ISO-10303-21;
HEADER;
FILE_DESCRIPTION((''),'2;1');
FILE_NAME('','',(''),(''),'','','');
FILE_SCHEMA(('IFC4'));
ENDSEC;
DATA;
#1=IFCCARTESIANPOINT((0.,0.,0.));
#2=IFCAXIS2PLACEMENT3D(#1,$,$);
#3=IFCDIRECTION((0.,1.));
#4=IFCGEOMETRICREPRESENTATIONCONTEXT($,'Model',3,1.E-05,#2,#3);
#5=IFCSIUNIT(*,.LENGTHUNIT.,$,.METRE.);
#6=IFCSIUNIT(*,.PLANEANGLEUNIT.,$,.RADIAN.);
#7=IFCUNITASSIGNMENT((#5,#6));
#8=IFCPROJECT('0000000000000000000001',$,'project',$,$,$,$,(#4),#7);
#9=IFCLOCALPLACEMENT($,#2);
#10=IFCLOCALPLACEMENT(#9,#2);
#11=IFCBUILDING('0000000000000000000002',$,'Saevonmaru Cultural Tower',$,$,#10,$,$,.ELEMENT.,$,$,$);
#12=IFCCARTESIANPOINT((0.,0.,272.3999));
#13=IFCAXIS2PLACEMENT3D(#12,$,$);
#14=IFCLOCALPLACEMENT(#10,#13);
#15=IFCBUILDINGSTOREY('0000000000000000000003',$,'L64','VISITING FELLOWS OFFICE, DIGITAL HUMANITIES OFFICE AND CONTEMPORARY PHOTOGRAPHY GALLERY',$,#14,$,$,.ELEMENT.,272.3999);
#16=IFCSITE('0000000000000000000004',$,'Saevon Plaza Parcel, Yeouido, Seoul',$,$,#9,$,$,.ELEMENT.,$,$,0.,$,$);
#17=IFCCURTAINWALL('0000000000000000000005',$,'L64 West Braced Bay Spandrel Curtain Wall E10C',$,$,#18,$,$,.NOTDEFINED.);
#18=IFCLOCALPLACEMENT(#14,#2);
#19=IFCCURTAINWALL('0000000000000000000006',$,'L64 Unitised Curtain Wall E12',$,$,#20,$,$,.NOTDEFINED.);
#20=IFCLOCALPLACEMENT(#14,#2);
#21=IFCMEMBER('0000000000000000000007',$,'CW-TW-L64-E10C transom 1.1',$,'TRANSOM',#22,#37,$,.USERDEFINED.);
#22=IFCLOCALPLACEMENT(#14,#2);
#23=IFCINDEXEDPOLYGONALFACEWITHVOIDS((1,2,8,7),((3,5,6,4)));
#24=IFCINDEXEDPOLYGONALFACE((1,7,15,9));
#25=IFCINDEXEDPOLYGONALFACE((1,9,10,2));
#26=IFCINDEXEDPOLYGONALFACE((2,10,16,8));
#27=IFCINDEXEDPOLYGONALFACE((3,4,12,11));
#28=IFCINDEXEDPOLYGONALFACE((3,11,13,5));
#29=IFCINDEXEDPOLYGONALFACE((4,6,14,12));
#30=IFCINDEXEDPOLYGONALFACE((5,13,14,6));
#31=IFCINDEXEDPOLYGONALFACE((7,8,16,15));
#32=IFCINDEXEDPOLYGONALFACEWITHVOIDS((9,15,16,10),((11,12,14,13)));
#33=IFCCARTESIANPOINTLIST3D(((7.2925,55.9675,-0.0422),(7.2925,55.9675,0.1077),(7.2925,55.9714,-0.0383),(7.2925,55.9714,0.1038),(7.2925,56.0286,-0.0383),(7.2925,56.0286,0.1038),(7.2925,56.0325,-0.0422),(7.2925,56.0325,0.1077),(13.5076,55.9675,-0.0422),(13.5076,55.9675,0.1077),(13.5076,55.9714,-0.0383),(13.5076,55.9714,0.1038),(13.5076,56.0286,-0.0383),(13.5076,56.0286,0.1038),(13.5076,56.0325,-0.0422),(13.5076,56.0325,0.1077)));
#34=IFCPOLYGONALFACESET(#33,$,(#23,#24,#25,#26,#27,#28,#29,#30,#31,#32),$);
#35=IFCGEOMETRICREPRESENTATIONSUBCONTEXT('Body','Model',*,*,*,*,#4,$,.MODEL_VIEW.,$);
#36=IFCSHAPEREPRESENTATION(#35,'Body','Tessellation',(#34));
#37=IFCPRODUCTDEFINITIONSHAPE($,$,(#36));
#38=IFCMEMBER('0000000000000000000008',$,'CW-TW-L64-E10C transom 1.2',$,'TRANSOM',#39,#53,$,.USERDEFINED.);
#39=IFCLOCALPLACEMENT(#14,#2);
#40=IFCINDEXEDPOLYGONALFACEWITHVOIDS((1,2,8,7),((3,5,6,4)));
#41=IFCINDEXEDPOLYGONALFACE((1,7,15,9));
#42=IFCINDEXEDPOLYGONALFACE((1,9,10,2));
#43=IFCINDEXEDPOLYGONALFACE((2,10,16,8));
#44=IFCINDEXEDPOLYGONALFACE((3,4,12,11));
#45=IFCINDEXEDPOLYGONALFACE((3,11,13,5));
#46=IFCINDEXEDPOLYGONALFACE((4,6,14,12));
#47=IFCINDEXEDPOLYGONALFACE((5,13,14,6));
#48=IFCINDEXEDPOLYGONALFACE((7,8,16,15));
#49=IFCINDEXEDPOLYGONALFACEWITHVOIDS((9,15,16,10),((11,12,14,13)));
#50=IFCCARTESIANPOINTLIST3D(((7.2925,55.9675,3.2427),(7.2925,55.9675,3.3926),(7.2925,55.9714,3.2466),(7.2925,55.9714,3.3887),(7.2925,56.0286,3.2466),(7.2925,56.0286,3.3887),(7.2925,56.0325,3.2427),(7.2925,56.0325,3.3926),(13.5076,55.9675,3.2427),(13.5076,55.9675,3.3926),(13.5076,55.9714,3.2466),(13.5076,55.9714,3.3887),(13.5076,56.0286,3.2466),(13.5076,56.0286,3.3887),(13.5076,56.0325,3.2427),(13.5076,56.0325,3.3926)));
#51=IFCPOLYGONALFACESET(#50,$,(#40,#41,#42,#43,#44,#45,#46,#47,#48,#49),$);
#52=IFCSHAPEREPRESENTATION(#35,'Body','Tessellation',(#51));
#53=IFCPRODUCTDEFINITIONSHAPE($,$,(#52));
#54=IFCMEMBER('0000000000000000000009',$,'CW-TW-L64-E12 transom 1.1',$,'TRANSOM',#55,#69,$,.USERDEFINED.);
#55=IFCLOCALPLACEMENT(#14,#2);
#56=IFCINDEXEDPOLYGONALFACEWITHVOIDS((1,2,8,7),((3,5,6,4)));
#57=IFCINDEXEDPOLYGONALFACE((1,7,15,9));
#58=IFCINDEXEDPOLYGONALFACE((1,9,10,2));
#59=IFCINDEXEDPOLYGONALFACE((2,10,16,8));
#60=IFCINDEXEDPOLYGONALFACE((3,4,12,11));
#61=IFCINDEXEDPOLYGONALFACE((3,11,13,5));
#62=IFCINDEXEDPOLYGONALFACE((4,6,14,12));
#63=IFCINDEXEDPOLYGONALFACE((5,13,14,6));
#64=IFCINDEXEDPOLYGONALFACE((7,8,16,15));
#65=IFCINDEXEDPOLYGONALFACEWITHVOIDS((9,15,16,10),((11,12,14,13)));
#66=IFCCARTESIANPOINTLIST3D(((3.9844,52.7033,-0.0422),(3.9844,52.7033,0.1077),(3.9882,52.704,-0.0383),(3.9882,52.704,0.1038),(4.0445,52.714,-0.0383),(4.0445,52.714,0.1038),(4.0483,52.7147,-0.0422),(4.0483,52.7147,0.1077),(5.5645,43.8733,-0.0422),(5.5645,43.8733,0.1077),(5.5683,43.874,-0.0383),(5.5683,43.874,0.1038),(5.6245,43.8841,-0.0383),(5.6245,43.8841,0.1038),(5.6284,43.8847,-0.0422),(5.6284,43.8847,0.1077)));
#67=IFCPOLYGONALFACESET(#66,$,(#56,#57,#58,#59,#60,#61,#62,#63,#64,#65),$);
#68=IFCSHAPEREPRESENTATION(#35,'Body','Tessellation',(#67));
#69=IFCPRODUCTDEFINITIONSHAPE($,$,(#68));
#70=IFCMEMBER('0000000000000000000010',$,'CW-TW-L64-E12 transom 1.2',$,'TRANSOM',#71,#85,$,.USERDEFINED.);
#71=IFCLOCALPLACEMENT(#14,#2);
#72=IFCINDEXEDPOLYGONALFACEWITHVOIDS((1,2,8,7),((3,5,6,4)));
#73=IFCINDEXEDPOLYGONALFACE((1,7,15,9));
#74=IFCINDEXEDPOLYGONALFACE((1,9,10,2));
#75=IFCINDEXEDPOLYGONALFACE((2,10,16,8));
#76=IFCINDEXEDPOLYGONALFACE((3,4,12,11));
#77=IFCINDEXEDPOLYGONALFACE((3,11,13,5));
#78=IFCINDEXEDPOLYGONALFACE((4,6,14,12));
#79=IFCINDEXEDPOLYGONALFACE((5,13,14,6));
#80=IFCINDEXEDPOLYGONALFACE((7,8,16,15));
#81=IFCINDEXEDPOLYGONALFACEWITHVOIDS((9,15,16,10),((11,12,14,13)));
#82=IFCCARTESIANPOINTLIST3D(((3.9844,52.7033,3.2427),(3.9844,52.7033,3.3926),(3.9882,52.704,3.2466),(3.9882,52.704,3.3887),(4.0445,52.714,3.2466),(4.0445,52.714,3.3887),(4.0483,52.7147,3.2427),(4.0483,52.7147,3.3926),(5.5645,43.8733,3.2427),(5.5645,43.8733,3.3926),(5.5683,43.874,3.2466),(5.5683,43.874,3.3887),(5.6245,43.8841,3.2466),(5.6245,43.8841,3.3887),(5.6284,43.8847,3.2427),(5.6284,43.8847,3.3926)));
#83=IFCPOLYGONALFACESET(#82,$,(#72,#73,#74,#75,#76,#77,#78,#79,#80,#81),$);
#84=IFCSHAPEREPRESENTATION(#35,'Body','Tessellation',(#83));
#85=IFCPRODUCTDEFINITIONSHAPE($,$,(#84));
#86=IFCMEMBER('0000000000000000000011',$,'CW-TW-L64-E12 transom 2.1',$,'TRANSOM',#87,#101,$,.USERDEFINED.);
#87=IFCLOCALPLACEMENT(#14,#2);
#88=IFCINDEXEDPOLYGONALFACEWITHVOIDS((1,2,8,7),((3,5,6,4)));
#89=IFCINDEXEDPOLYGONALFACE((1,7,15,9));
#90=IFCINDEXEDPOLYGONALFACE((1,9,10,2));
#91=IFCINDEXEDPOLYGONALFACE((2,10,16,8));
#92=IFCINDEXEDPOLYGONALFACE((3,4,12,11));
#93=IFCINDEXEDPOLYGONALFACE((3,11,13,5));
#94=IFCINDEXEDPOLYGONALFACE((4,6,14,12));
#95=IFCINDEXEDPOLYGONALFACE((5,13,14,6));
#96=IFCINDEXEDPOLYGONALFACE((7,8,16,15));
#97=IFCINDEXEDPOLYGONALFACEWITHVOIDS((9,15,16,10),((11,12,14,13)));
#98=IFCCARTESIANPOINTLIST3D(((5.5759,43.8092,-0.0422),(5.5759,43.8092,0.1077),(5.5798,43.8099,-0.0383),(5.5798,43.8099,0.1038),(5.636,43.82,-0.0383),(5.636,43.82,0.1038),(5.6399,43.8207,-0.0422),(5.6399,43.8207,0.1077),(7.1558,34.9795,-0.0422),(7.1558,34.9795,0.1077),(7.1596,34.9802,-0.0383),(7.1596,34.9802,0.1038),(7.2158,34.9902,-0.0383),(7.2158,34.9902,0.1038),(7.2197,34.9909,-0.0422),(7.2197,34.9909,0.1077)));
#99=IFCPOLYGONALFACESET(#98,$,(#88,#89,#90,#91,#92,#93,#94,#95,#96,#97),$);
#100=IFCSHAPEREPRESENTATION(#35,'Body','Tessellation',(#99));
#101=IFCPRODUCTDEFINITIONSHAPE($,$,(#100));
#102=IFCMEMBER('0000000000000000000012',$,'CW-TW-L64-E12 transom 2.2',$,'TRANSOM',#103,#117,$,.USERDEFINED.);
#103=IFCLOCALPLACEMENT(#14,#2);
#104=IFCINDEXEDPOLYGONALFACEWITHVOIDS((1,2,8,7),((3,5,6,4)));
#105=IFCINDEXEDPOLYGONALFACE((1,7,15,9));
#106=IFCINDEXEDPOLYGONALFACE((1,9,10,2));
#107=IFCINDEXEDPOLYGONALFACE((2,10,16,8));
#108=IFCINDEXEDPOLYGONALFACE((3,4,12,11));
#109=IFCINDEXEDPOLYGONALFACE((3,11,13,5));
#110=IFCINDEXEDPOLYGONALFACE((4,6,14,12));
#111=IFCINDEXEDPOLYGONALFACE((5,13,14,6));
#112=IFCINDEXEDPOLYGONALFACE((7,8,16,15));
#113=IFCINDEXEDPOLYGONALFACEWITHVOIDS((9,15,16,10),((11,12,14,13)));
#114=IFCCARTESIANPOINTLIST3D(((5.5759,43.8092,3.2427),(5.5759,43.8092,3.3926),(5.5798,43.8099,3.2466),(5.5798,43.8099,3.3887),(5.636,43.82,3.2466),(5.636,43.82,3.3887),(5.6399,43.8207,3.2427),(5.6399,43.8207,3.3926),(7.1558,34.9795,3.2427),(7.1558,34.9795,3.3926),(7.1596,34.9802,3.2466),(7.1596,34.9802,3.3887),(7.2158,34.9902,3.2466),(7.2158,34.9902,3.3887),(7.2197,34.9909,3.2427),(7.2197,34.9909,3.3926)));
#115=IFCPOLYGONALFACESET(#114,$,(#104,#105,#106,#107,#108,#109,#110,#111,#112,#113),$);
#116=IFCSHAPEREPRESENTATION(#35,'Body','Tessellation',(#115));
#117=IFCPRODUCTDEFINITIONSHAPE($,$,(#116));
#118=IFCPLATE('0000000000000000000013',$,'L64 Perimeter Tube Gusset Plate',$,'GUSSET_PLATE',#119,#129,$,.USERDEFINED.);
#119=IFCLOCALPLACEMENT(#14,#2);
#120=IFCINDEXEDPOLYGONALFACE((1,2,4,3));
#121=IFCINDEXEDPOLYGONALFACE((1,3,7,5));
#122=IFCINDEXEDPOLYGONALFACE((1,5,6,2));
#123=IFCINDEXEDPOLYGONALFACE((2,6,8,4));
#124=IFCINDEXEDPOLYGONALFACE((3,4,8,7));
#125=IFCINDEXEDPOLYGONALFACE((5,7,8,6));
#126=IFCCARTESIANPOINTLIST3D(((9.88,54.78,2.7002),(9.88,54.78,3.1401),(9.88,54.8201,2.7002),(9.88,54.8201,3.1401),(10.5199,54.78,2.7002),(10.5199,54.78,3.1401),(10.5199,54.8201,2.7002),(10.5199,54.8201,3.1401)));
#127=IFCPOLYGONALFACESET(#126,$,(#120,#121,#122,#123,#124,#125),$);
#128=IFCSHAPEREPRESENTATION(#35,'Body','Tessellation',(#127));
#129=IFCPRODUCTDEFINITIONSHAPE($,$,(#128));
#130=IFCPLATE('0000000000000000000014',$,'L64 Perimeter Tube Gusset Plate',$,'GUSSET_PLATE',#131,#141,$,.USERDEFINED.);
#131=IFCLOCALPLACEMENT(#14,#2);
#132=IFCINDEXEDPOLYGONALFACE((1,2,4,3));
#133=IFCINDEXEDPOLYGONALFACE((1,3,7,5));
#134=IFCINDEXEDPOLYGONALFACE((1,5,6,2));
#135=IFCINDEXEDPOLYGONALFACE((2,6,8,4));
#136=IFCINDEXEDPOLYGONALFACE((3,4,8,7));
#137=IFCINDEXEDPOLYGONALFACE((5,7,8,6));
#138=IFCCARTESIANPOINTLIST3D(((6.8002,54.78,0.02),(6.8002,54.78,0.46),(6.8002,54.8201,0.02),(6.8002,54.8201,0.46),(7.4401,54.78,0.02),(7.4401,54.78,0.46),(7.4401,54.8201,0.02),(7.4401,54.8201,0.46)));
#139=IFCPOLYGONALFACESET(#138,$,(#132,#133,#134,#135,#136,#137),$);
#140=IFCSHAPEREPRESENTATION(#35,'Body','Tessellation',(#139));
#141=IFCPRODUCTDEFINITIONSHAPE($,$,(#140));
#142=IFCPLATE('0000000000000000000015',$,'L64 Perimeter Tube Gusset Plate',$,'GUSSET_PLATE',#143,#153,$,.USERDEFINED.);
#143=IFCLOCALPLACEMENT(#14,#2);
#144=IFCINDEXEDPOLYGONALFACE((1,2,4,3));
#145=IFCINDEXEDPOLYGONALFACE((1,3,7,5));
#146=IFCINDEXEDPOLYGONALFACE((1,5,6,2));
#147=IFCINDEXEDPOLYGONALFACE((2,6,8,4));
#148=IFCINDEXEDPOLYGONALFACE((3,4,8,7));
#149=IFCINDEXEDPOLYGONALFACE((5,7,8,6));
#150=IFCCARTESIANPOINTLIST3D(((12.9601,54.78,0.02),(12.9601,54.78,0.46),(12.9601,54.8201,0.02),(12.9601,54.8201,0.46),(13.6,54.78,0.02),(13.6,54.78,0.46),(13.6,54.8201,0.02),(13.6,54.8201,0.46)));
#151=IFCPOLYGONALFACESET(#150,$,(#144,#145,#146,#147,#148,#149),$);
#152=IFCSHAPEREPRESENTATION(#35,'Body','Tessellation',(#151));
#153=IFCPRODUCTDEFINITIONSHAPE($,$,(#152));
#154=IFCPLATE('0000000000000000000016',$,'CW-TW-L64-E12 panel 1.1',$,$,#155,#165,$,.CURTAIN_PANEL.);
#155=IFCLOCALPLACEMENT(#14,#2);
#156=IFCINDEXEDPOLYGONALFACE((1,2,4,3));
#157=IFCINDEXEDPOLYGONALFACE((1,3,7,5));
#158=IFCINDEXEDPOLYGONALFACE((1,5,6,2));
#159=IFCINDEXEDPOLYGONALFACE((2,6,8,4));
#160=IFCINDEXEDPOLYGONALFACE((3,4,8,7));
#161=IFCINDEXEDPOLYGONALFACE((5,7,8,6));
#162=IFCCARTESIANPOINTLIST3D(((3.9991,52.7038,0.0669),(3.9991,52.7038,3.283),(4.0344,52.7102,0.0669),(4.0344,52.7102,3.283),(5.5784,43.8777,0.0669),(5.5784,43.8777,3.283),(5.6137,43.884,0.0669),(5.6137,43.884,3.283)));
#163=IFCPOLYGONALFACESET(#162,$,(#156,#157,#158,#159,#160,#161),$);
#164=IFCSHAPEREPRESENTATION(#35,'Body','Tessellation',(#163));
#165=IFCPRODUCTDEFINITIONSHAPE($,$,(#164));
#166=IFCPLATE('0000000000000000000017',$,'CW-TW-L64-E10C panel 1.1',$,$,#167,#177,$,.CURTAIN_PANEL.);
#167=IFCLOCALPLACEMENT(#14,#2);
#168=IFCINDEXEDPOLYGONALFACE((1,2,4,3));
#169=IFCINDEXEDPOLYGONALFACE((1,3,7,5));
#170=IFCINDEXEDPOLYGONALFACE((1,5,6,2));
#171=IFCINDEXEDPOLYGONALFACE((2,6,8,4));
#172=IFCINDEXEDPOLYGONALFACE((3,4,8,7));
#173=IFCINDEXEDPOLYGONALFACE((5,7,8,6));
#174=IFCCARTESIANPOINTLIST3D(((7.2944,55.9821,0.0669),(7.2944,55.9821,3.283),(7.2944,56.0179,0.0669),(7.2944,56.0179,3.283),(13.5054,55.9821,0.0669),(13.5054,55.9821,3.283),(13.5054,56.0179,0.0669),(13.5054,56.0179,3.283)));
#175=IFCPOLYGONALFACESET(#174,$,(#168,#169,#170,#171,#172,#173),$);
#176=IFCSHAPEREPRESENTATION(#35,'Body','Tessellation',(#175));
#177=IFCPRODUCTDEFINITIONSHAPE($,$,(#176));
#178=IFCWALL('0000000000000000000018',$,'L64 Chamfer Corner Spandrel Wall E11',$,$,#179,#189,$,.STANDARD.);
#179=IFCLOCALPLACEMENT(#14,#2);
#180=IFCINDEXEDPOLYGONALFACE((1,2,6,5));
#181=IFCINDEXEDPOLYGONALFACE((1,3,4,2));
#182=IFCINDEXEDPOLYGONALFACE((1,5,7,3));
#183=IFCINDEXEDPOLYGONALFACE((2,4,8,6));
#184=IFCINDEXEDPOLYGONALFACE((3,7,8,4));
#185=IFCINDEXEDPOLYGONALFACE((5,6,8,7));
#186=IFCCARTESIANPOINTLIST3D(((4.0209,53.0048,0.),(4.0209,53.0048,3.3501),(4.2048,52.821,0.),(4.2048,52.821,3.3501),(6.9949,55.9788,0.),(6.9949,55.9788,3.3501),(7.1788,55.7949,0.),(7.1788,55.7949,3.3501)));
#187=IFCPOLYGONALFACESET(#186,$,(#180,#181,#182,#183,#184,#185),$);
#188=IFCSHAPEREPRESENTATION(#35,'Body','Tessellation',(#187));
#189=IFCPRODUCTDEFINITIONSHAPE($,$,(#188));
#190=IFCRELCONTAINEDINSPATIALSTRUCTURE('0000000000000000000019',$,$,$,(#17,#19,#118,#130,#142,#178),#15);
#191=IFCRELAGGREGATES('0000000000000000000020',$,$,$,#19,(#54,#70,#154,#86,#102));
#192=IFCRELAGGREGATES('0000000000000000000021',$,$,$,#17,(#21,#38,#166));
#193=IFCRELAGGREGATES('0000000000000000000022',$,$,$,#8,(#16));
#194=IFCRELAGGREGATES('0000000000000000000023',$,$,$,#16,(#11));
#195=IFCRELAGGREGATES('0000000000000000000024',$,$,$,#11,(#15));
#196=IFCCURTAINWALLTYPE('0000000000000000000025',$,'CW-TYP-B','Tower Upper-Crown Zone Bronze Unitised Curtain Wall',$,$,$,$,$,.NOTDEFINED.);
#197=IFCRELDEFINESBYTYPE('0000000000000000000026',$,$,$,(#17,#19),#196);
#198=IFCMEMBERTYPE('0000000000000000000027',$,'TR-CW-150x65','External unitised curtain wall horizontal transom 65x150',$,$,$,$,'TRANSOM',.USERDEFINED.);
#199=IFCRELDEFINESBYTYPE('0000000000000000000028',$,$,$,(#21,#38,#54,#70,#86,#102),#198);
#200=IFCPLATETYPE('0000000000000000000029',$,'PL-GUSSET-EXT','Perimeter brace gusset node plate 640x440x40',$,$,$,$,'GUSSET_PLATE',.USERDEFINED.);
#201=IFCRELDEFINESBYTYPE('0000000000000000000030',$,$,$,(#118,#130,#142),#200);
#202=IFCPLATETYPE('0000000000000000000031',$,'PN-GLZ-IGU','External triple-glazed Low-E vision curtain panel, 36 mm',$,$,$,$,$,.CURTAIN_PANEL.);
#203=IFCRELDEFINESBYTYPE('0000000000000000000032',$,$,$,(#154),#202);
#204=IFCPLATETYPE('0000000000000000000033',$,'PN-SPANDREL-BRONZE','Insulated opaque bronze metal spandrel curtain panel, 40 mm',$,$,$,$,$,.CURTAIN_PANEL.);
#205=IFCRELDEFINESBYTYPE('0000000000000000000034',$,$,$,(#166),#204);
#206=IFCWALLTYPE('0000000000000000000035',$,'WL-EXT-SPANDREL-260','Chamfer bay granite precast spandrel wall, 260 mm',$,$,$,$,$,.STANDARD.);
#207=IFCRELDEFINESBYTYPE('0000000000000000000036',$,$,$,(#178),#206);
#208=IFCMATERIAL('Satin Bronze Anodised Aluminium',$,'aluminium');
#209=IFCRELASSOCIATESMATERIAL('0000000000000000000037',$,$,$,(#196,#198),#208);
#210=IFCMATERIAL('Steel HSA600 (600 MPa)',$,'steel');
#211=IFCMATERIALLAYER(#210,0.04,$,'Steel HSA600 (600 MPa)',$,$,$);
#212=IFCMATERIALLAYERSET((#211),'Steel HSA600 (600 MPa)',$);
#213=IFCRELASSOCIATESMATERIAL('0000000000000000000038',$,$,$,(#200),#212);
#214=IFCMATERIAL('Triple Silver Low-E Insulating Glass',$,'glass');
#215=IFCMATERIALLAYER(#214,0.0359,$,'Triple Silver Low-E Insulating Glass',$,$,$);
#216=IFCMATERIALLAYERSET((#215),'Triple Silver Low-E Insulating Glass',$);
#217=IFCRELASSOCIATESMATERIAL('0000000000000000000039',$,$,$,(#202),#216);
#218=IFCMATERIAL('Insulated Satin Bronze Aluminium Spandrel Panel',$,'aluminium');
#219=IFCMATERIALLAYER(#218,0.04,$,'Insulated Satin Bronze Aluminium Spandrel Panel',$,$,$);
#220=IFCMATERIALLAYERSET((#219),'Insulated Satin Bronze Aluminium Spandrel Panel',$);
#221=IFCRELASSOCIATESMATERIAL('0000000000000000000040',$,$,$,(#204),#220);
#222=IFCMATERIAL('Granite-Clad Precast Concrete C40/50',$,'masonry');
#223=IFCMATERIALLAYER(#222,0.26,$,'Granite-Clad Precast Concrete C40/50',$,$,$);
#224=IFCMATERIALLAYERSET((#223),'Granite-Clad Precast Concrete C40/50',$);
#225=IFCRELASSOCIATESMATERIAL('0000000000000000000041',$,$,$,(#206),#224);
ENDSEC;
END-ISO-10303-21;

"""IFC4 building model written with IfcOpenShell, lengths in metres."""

from ifc_helpers import new_model, si_unit, direction, frame, frame_2d, origin, origin_2d, place, context, subcontext, project, spatial, rectangle, hollow_rectangle, extrude, material, layer, layer_set, material_profile, profile_set, type_object, element, aggregate, save


model = new_model("IFC4")

# Units and contexts
model_context = context("Model", 3, precision=1e-05, world=origin(), true_north=direction((0.0, 1.0)))
body_context = subcontext(model_context, "Body", "Model", "MODEL_VIEW")
ifc_project = project(units=[si_unit("LENGTHUNIT", "METRE"), si_unit("PLANEANGLEUNIT", "RADIAN")], contexts=[model_context])

# Site, building, storey
site_placement = place(None, origin())
site = spatial("IfcSite", under=ifc_project, at=site_placement, Name="Saevon Plaza Parcel, Yeouido, Seoul", CompositionType="ELEMENT", RefElevation=0.0)
building_placement = place(site_placement, origin())
building = spatial("IfcBuilding", under=site, at=building_placement, Name="Saevonmaru Cultural Tower", CompositionType="ELEMENT")
storey_placement = place(building_placement, frame((0.0, 0.0, 272.3999)))
storey = spatial("IfcBuildingStorey", under=building, at=storey_placement, Name="L64", Description="VISITING FELLOWS OFFICE, DIGITAL HUMANITIES OFFICE AND CONTEMPORARY PHOTOGRAPHY GALLERY", CompositionType="ELEMENT", Elevation=272.3999)

# Curtain walls
ifc_material_1 = material(Name="Satin Bronze Anodised Aluminium", Category="aluminium")
curtain_wall_type = type_object("IfcCurtainWallType", Name="CW-TYP-B", Description="Tower Upper-Crown Zone Bronze Unitised Curtain Wall", PredefinedType="NOTDEFINED", material=ifc_material_1)
curtain_wall_1_placement = place(storey_placement, origin())
curtain_wall_1 = element("IfcCurtainWall", 1, at=curtain_wall_1_placement, inside=storey, type_object=curtain_wall_type, Name="L64 West Braced Bay Spandrel Curtain Wall E10C", PredefinedType="NOTDEFINED")
curtain_wall_2_placement = place(storey_placement, origin())
curtain_wall_2 = element("IfcCurtainWall", 2, at=curtain_wall_2_placement, inside=storey, type_object=curtain_wall_type, Name="L64 Unitised Curtain Wall E12", PredefinedType="NOTDEFINED")

# Members
ifc_material_profile_1 = material_profile(ifc_material_1, hollow_rectangle(XDim=0.0649, YDim=0.1499, WallThickness=0.0039, at=origin_2d()), Name="ALU-TRAN-150x65x4")
ifc_profile_set_1 = profile_set([ifc_material_profile_1], Name="Satin Bronze Anodised Aluminium")
member_type_1 = type_object("IfcMemberType", Name="TR-CW-150x65", Description="External unitised curtain wall horizontal transom 65x150", ElementType="TRANSOM", PredefinedType="USERDEFINED", material=ifc_profile_set_1)
member_1_placement = place(storey_placement, frame((13.5076, 56.0, 0.0327), z_axis=(-1.0, 0.0, 0.0), x_axis=(0.0, -1.0, 0.0)))
member_1 = element("IfcMember", 3, at=member_1_placement, type_object=member_type_1, Name="CW-TW-L64-E10C transom 1.1", ObjectType="TRANSOM", PredefinedType="USERDEFINED", context=body_context, shape_type="SweptSolid", body=[
    extrude(hollow_rectangle(XDim=0.0649, YDim=0.1499, WallThickness=0.0039, at=origin_2d()), origin(), (0.0, 0.0, 1.0), 6.2151),
])
member_2_placement = place(storey_placement, frame((13.5076, 56.0, 3.3176), z_axis=(-1.0, 0.0, 0.0), x_axis=(0.0, -1.0, 0.0)))
member_2 = element("IfcMember", 4, at=member_2_placement, type_object=member_type_1, Name="CW-TW-L64-E10C transom 1.2", ObjectType="TRANSOM", PredefinedType="USERDEFINED", context=body_context, shape_type="SweptSolid", body=[
    extrude(hollow_rectangle(XDim=0.0649, YDim=0.1499, WallThickness=0.0039, at=origin_2d()), origin(), (0.0, 0.0, 1.0), 6.2151),
])
member_3_placement = place(storey_placement, frame((4.0164, 52.709, 0.0327), z_axis=(0.176145, -0.984364, 0.0), x_axis=(0.984364, 0.176145, 0.0)))
member_3 = element("IfcMember", 5, at=member_3_placement, type_object=member_type_1, Name="CW-TW-L64-E12 transom 1.1", ObjectType="TRANSOM", PredefinedType="USERDEFINED", context=body_context, shape_type="SweptSolid", body=[
    extrude(hollow_rectangle(XDim=0.0649, YDim=0.1499, WallThickness=0.0039, at=origin_2d()), origin(), (0.0, 0.0, 1.0), 8.9702),
])
member_4_placement = place(storey_placement, frame((4.0164, 52.709, 3.3176), z_axis=(0.176145, -0.984364, 0.0), x_axis=(0.984364, 0.176145, 0.0)))
member_4 = element("IfcMember", 6, at=member_4_placement, type_object=member_type_1, Name="CW-TW-L64-E12 transom 1.2", ObjectType="TRANSOM", PredefinedType="USERDEFINED", context=body_context, shape_type="SweptSolid", body=[
    extrude(hollow_rectangle(XDim=0.0649, YDim=0.1499, WallThickness=0.0039, at=origin_2d()), origin(), (0.0, 0.0, 1.0), 8.9702),
])
member_5_placement = place(storey_placement, frame((5.6079, 43.8149, 0.0327), z_axis=(0.176123, -0.984368, 0.0), x_axis=(0.984368, 0.176123, 0.0)))
member_5 = element("IfcMember", 7, at=member_5_placement, type_object=member_type_1, Name="CW-TW-L64-E12 transom 2.1", ObjectType="TRANSOM", PredefinedType="USERDEFINED", context=body_context, shape_type="SweptSolid", body=[
    extrude(hollow_rectangle(XDim=0.0649, YDim=0.1499, WallThickness=0.0039, at=origin_2d()), origin(), (0.0, 0.0, 1.0), 8.97),
])
member_6_placement = place(storey_placement, frame((5.6079, 43.8149, 3.3176), z_axis=(0.176123, -0.984368, 0.0), x_axis=(0.984368, 0.176123, 0.0)))
member_6 = element("IfcMember", 8, at=member_6_placement, type_object=member_type_1, Name="CW-TW-L64-E12 transom 2.2", ObjectType="TRANSOM", PredefinedType="USERDEFINED", context=body_context, shape_type="SweptSolid", body=[
    extrude(hollow_rectangle(XDim=0.0649, YDim=0.1499, WallThickness=0.0039, at=origin_2d()), origin(), (0.0, 0.0, 1.0), 8.97),
])

# Plates
ifc_material_2 = material(Name="Steel HSA600 (600 MPa)", Category="steel")
ifc_layer_1 = layer(ifc_material_2, 0.04, Name="Steel HSA600 (600 MPa)")
ifc_layer_set_1 = layer_set([ifc_layer_1], Name="Steel HSA600 (600 MPa)")
plate_type_1 = type_object("IfcPlateType", Name="PL-GUSSET-EXT", Description="Perimeter brace gusset node plate 640x440x40", ElementType="GUSSET_PLATE", PredefinedType="USERDEFINED", material=ifc_layer_set_1)
for number, where, z_axis, x_axis, name in (
    (9, (10.2, 54.8, 2.7002), (0.0, 0.0, 1.0), (1.0, 0.0, 0.0), "L64 Perimeter Tube Gusset Plate"),
    (10, (7.1201, 54.8, 0.02), (0.0, 0.0, 1.0), (1.0, 0.0, 0.0), "L64 Perimeter Tube Gusset Plate"),
    (11, (13.28, 54.8, 0.02), (0.0, 0.0, 1.0), (1.0, 0.0, 0.0), "L64 Perimeter Tube Gusset Plate"),
):
    element("IfcPlate", number, at=place(storey_placement, frame(where, z_axis=z_axis, x_axis=x_axis)), inside=storey, type_object=plate_type_1, Name=name, ObjectType="GUSSET_PLATE", PredefinedType="USERDEFINED", context=body_context, shape_type="SweptSolid", body=[
        extrude(rectangle(XDim=0.6399, YDim=0.04, at=origin_2d()), origin(), (0.0, 0.0, 1.0), 0.4399),
    ])

# Plates
ifc_material_3 = material(Name="Triple Silver Low-E Insulating Glass", Category="glass")
ifc_layer_2 = layer(ifc_material_3, 0.0359, Name="Triple Silver Low-E Insulating Glass")
ifc_layer_set_2 = layer_set([ifc_layer_2], Name="Triple Silver Low-E Insulating Glass")
plate_type_2 = type_object("IfcPlateType", Name="PN-GLZ-IGU", Description="External triple-glazed Low-E vision curtain panel, 36 mm", PredefinedType="CURTAIN_PANEL", material=ifc_layer_set_2)
plate_1_placement = place(storey_placement, frame((4.8064, 48.2939, 0.0669), z_axis=(0.0, 0.0, 1.0), x_axis=(0.176141, -0.984365, 0.0)))
plate_1 = element("IfcPlate", 12, at=plate_1_placement, type_object=plate_type_2, Name="CW-TW-L64-E12 panel 1.1", PredefinedType="CURTAIN_PANEL", context=body_context, shape_type="SweptSolid", body=[
    extrude(rectangle(XDim=8.9663, YDim=0.0359, at=origin_2d()), origin(), (0.0, 0.0, 1.0), 3.2161),
])
aggregate(curtain_wall_2, [member_3, member_4, plate_1, member_5, member_6])
ifc_material_4 = material(Name="Insulated Satin Bronze Aluminium Spandrel Panel", Category="aluminium")
ifc_layer_3 = layer(ifc_material_4, 0.04, Name="Insulated Satin Bronze Aluminium Spandrel Panel")
ifc_layer_set_3 = layer_set([ifc_layer_3], Name="Insulated Satin Bronze Aluminium Spandrel Panel")
plate_type_3 = type_object("IfcPlateType", Name="PN-SPANDREL-BRONZE", Description="Insulated opaque bronze metal spandrel curtain panel, 40 mm", PredefinedType="CURTAIN_PANEL", material=ifc_layer_set_3)
plate_2_placement = place(storey_placement, frame((10.3999, 56.0, 0.0669), z_axis=(0.0, 0.0, 1.0), x_axis=(-1.0, 0.0, 0.0)))
plate_2 = element("IfcPlate", 13, at=plate_2_placement, type_object=plate_type_3, Name="CW-TW-L64-E10C panel 1.1", PredefinedType="CURTAIN_PANEL", context=body_context, shape_type="SweptSolid", body=[
    extrude(rectangle(XDim=6.2109, YDim=0.0359, at=origin_2d()), origin(), (0.0, 0.0, 1.0), 3.2161),
])
aggregate(curtain_wall_1, [member_1, member_2, plate_2])

# Wall
ifc_material_5 = material(Name="Granite-Clad Precast Concrete C40/50", Category="masonry")
ifc_layer_4 = layer(ifc_material_5, 0.26, Name="Granite-Clad Precast Concrete C40/50")
ifc_layer_set_4 = layer_set([ifc_layer_4], Name="Granite-Clad Precast Concrete C40/50")
wall_type_1 = type_object("IfcWallType", Name="WL-EXT-SPANDREL-260", Description="Chamfer bay granite precast spandrel wall, 260 mm", PredefinedType="STANDARD", material=ifc_layer_set_4)
wall_1_placement = place(storey_placement, frame((7.0869, 55.887, 0.0), z_axis=(0.0, 0.0, 1.0), x_axis=(-0.707107, -0.707107, 0.0)))
element("IfcWall", 14, at=wall_1_placement, inside=storey, type_object=wall_type_1, Name="L64 Chamfer Corner Spandrel Wall E11", PredefinedType="STANDARD", context=body_context, shape_type="SweptSolid", body=[
    extrude(rectangle(XDim=4.2058, YDim=0.26, at=frame_2d((2.103, 0.0))), origin(), (0.0, 0.0, 1.0), 3.3501),
])

save(model, "model.ifc")
